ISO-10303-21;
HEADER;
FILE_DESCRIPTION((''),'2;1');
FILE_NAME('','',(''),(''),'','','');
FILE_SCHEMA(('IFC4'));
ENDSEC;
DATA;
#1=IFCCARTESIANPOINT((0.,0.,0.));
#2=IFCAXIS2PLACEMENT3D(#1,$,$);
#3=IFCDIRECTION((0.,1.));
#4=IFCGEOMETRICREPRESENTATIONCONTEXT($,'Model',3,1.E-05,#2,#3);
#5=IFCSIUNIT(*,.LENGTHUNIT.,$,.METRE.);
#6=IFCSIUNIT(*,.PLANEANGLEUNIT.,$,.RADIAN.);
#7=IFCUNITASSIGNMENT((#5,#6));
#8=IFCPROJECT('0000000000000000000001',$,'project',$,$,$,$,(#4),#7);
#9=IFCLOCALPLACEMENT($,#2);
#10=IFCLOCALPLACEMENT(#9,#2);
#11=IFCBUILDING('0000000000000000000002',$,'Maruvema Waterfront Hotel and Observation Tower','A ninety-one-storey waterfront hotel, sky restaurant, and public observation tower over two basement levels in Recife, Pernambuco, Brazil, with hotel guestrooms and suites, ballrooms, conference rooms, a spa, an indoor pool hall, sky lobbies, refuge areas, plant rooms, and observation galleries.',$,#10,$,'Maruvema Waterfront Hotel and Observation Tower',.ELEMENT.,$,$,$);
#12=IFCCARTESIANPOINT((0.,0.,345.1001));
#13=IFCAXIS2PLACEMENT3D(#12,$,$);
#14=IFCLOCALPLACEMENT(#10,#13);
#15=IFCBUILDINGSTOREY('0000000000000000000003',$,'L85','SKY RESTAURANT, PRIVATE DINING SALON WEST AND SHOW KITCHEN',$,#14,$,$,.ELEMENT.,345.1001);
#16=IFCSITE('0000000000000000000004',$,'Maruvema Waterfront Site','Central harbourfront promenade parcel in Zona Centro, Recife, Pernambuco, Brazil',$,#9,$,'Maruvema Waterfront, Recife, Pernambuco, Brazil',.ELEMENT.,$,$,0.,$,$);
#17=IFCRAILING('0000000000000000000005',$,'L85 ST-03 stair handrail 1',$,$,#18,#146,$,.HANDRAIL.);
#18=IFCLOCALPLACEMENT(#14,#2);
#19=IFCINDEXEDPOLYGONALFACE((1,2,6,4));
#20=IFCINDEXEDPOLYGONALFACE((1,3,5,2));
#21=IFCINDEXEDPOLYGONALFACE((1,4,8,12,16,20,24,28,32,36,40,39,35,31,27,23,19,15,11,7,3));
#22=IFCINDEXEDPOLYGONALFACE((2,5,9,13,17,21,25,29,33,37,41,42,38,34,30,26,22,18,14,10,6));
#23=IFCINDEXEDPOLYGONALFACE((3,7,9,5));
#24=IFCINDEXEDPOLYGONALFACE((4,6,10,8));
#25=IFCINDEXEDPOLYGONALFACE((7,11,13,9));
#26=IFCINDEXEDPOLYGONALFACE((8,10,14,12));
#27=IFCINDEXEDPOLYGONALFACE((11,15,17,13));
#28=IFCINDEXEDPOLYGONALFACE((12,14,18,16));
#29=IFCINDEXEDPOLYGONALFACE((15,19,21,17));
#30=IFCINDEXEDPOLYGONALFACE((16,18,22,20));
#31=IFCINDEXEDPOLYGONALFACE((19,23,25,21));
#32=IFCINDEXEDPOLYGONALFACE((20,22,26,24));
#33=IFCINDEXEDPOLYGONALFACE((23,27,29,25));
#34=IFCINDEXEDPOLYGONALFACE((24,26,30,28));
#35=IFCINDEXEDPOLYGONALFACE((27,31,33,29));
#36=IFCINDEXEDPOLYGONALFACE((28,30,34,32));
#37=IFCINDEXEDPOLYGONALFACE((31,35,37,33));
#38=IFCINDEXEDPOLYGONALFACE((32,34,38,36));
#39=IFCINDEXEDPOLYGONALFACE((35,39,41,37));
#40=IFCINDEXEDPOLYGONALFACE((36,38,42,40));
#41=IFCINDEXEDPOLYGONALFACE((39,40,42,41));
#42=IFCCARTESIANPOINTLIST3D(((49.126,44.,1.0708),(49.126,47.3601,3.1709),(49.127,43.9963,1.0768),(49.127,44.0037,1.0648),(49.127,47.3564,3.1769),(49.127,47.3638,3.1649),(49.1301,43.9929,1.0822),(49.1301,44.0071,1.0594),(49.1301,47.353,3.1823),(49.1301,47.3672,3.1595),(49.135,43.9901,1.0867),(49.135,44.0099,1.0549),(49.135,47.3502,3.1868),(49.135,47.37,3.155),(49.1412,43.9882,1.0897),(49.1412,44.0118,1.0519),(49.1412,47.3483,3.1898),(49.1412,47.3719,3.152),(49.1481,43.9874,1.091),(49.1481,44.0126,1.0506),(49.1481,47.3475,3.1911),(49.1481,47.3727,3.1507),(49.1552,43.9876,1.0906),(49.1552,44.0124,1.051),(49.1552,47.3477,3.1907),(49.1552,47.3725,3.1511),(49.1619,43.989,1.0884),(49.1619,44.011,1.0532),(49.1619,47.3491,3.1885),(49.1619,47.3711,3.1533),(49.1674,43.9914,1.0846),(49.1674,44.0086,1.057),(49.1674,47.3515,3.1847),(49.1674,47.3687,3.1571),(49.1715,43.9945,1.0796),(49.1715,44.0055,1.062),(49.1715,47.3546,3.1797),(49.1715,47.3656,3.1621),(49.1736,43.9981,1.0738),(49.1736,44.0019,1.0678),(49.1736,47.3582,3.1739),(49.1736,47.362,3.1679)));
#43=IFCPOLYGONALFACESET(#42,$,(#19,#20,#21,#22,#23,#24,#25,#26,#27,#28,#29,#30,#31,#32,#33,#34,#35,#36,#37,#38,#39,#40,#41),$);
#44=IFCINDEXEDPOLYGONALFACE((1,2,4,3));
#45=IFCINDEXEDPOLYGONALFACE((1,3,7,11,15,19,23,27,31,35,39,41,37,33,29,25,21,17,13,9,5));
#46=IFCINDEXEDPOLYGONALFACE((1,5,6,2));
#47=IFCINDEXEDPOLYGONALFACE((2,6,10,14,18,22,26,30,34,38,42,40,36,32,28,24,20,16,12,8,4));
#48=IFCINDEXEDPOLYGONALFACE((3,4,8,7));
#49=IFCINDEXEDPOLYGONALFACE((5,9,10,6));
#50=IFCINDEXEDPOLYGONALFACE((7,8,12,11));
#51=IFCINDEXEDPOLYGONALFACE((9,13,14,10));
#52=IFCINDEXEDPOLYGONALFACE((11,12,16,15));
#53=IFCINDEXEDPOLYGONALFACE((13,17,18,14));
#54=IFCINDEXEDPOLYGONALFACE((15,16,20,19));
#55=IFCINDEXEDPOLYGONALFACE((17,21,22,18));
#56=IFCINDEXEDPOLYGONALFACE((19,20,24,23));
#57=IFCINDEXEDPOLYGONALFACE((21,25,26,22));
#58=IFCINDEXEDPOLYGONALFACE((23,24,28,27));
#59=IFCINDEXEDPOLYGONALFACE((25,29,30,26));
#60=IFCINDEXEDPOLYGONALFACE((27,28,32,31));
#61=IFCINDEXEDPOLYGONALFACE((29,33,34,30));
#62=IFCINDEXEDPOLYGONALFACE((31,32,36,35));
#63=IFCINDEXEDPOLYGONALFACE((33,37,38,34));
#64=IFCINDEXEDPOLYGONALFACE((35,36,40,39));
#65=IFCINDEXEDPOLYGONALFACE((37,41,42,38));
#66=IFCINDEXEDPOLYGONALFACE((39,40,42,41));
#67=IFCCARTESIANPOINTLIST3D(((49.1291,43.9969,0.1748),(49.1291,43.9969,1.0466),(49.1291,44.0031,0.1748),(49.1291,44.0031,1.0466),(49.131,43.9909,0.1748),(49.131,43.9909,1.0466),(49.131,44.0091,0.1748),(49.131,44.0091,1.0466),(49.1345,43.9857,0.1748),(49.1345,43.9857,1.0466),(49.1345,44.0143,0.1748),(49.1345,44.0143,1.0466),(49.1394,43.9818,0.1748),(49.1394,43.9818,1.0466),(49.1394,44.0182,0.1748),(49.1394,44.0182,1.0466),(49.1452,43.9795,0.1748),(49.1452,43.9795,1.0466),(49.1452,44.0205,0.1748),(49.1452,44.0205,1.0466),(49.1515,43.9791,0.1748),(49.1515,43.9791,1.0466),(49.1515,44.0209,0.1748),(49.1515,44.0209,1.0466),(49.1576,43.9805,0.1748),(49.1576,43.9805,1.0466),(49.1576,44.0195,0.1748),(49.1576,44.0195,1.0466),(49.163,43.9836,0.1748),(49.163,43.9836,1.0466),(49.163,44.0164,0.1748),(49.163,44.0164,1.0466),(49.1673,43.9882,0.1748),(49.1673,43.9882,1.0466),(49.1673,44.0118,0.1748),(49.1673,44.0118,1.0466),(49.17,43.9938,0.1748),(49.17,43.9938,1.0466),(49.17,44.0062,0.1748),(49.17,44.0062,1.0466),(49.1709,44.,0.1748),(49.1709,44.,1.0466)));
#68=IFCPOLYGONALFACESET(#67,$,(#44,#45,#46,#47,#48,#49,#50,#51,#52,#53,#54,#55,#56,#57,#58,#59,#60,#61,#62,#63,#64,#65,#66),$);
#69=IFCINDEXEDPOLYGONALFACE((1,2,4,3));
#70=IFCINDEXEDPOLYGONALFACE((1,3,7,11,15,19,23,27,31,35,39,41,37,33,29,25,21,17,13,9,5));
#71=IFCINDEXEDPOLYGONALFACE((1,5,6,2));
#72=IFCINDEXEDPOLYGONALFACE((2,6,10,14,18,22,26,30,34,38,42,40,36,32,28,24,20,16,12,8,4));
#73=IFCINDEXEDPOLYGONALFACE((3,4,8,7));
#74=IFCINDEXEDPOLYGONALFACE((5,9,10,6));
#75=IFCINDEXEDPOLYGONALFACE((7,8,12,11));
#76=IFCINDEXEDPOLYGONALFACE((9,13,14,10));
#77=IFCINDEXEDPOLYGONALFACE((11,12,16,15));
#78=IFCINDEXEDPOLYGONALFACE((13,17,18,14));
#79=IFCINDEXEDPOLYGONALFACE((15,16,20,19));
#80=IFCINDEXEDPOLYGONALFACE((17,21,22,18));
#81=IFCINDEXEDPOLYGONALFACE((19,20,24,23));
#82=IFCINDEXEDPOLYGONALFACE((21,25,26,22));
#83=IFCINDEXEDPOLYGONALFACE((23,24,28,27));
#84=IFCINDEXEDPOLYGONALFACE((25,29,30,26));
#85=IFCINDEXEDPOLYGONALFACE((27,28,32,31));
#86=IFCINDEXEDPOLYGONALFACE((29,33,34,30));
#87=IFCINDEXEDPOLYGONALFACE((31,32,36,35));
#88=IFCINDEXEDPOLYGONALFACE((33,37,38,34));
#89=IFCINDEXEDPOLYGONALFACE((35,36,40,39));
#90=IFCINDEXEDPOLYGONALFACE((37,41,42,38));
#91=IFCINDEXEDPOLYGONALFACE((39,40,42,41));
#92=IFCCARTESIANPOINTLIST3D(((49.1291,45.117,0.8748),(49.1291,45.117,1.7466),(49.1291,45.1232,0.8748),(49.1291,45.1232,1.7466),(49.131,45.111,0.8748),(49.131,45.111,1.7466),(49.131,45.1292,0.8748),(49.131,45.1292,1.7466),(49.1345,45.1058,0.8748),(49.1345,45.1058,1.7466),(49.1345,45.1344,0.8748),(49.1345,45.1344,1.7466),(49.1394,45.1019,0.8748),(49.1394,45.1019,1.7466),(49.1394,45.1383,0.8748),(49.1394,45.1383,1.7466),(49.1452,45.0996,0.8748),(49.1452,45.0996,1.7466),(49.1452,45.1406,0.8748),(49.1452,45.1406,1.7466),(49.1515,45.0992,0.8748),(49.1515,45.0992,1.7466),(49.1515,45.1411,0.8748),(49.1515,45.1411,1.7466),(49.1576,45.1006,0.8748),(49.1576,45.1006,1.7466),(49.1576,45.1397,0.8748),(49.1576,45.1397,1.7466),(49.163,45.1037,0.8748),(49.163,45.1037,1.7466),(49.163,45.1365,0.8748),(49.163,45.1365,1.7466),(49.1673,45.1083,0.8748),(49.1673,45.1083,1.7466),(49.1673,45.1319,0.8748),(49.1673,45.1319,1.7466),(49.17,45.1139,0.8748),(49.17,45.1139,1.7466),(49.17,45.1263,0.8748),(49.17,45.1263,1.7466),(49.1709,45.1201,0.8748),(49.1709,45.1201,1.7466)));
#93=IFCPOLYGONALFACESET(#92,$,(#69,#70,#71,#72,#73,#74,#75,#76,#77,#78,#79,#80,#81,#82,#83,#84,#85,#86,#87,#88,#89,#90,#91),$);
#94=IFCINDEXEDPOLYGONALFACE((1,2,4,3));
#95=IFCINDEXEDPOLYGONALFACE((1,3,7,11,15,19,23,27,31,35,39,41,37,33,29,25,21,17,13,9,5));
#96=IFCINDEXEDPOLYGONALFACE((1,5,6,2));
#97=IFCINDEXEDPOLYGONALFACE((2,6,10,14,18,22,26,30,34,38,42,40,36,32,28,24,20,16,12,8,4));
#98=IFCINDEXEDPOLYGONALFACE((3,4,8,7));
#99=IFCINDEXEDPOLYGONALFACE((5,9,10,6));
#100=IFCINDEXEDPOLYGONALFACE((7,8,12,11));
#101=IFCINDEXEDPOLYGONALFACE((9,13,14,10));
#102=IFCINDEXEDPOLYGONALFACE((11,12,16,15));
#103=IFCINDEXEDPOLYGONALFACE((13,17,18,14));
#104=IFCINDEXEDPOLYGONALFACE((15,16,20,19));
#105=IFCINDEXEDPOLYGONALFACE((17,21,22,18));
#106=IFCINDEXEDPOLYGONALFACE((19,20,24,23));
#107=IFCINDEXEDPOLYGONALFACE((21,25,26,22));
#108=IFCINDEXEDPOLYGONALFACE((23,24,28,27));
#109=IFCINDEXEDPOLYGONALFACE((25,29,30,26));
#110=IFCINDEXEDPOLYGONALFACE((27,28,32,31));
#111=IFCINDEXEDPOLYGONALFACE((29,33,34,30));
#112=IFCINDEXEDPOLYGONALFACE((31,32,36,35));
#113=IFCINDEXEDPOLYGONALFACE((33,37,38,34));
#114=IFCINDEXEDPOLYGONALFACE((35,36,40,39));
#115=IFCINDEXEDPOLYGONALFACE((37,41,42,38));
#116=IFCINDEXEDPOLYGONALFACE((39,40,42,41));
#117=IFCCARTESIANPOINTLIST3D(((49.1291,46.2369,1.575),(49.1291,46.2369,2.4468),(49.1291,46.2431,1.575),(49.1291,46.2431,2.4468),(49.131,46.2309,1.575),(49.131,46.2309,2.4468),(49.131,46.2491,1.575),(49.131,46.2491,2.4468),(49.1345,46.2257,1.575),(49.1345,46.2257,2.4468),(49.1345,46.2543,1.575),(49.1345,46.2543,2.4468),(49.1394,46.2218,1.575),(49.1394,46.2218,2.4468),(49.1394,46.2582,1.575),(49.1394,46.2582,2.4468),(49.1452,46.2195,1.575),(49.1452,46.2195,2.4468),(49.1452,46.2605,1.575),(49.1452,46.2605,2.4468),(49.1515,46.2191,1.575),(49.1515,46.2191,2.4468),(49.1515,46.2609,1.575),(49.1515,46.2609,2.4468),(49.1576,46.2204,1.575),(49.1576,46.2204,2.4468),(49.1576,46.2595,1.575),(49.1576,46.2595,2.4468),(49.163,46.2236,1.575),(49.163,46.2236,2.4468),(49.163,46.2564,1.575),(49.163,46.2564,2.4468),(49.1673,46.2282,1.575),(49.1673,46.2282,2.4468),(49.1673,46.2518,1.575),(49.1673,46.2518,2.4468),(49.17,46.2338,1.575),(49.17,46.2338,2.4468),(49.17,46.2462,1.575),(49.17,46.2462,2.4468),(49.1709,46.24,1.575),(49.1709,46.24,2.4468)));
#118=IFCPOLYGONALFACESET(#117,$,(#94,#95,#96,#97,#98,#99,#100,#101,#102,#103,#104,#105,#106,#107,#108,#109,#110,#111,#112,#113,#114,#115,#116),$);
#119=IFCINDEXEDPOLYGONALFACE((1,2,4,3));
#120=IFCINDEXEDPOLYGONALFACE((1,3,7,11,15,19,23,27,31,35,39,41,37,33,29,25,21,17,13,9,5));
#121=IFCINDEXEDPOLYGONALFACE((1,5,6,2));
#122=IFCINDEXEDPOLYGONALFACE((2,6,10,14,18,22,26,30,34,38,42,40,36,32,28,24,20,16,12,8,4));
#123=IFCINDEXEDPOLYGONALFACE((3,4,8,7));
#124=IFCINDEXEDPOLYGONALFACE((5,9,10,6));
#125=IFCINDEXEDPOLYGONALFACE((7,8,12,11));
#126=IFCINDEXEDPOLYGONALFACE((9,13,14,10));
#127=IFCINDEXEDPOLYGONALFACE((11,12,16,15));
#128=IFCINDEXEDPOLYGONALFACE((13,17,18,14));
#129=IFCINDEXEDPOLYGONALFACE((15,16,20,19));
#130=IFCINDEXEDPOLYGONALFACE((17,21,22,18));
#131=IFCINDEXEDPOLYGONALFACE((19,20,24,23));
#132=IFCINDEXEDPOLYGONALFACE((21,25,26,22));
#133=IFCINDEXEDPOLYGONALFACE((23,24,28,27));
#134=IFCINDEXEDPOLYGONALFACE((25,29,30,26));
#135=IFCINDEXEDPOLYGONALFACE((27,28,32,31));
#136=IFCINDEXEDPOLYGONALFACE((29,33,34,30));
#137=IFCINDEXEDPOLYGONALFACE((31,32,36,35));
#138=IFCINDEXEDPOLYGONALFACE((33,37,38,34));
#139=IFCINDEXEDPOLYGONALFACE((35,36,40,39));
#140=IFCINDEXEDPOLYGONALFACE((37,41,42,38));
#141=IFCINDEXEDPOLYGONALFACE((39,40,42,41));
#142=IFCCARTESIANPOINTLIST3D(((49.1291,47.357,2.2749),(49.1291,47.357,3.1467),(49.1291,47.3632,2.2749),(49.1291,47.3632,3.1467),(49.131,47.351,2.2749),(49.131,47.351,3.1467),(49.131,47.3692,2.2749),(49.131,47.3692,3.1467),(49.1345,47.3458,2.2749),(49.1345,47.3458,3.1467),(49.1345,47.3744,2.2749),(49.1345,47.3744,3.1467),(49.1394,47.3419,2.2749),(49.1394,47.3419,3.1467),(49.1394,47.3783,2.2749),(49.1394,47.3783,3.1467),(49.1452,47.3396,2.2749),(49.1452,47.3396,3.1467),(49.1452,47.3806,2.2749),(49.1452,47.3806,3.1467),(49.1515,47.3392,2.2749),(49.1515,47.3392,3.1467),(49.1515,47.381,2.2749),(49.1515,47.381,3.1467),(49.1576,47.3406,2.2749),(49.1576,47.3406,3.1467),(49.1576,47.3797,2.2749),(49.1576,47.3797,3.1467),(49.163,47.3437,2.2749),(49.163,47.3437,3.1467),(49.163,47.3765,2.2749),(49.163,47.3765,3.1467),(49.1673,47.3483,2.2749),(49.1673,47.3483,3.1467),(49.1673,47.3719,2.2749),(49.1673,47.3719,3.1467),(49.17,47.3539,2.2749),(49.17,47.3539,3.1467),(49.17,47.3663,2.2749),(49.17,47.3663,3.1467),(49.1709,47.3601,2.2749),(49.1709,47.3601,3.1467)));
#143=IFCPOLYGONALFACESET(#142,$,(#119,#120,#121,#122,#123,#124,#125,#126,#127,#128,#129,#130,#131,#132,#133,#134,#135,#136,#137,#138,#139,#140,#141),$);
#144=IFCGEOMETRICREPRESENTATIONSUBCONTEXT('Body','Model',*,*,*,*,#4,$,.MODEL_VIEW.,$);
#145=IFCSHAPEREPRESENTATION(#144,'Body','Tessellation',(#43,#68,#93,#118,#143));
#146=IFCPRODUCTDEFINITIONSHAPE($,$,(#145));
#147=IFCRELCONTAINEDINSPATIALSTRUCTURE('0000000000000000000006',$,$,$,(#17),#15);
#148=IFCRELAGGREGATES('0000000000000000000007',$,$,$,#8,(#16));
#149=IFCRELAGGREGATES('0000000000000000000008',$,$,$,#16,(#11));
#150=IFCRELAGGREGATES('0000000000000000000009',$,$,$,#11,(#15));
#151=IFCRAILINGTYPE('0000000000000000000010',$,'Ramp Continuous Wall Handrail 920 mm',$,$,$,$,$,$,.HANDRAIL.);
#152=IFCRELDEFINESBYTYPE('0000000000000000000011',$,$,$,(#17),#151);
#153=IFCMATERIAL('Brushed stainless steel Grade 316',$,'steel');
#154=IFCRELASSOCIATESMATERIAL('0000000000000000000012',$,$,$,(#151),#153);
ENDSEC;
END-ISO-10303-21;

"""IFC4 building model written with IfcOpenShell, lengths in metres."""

from ifc_helpers import new_model, si_unit, direction, frame, origin, origin_2d, place, context, subcontext, project, spatial, circle, extrude, material, type_object, element, save


model = new_model("IFC4")

# Units and contexts
model_context = context("Model", 3, precision=1e-05, world=origin(), true_north=direction((0.0, 1.0)))
body_context = subcontext(model_context, "Body", "Model", "MODEL_VIEW")
ifc_project = project(units=[si_unit("LENGTHUNIT", "METRE"), si_unit("PLANEANGLEUNIT", "RADIAN")], contexts=[model_context])

# Site, building, storey
site_placement = place(None, origin())
site = spatial("IfcSite", under=ifc_project, at=site_placement, Name="Maruvema Waterfront Site", Description="Central harbourfront promenade parcel in Zona Centro, Recife, Pernambuco, Brazil", LongName="Maruvema Waterfront, Recife, Pernambuco, Brazil", CompositionType="ELEMENT", RefElevation=0.0)
building_placement = place(site_placement, origin())
building = spatial("IfcBuilding", under=site, at=building_placement, Name="Maruvema Waterfront Hotel and Observation Tower", Description="A ninety-one-storey waterfront hotel, sky restaurant, and public observation tower over two basement levels in Recife, Pernambuco, Brazil, with hotel guestrooms and suites, ballrooms, conference rooms, a spa, an indoor pool hall, sky lobbies, refuge areas, plant rooms, and observation galleries.", LongName="Maruvema Waterfront Hotel and Observation Tower", CompositionType="ELEMENT")
storey_placement = place(building_placement, frame((0.0, 0.0, 345.1001)))
storey = spatial("IfcBuildingStorey", under=building, at=storey_placement, Name="L85", Description="SKY RESTAURANT, PRIVATE DINING SALON WEST AND SHOW KITCHEN", CompositionType="ELEMENT", Elevation=345.1001)

# Railing
ifc_material_1 = material(Name="Brushed stainless steel Grade 316", Category="steel")
railing_type_1 = type_object("IfcRailingType", Name="Ramp Continuous Wall Handrail 920 mm", PredefinedType="HANDRAIL", material=ifc_material_1)
railing_1_placement = place(storey_placement, frame((49.1499, 44.0, 0.1748)))
element("IfcRailing", 1, at=railing_1_placement, inside=storey, type_object=railing_type_1, Name="L85 ST-03 stair handrail 1", PredefinedType="HANDRAIL", context=body_context, shape_type="SweptSolid", body=[
    extrude(circle(Radius=0.0239, at=origin_2d()), frame((0.0, 0.0, 0.896), z_axis=(0.0, 0.847995, 0.530004), x_axis=(-1.0, 0.0, 0.0)), (0.0, 0.0, 1.0), 3.9624),
    extrude(circle(Radius=0.021, at=origin_2d()), origin(), (0.0, 0.0, 1.0), 0.8718),
    extrude(circle(Radius=0.021, at=origin_2d()), frame((0.0, 1.1201, 0.7)), (0.0, 0.0, 1.0), 0.8718),
    extrude(circle(Radius=0.021, at=origin_2d()), frame((0.0, 2.24, 1.4001)), (0.0, 0.0, 1.0), 0.8718),
    extrude(circle(Radius=0.021, at=origin_2d()), frame((0.0, 3.3601, 2.1001)), (0.0, 0.0, 1.0), 0.8718),
])

save(model, "model.ifc")
